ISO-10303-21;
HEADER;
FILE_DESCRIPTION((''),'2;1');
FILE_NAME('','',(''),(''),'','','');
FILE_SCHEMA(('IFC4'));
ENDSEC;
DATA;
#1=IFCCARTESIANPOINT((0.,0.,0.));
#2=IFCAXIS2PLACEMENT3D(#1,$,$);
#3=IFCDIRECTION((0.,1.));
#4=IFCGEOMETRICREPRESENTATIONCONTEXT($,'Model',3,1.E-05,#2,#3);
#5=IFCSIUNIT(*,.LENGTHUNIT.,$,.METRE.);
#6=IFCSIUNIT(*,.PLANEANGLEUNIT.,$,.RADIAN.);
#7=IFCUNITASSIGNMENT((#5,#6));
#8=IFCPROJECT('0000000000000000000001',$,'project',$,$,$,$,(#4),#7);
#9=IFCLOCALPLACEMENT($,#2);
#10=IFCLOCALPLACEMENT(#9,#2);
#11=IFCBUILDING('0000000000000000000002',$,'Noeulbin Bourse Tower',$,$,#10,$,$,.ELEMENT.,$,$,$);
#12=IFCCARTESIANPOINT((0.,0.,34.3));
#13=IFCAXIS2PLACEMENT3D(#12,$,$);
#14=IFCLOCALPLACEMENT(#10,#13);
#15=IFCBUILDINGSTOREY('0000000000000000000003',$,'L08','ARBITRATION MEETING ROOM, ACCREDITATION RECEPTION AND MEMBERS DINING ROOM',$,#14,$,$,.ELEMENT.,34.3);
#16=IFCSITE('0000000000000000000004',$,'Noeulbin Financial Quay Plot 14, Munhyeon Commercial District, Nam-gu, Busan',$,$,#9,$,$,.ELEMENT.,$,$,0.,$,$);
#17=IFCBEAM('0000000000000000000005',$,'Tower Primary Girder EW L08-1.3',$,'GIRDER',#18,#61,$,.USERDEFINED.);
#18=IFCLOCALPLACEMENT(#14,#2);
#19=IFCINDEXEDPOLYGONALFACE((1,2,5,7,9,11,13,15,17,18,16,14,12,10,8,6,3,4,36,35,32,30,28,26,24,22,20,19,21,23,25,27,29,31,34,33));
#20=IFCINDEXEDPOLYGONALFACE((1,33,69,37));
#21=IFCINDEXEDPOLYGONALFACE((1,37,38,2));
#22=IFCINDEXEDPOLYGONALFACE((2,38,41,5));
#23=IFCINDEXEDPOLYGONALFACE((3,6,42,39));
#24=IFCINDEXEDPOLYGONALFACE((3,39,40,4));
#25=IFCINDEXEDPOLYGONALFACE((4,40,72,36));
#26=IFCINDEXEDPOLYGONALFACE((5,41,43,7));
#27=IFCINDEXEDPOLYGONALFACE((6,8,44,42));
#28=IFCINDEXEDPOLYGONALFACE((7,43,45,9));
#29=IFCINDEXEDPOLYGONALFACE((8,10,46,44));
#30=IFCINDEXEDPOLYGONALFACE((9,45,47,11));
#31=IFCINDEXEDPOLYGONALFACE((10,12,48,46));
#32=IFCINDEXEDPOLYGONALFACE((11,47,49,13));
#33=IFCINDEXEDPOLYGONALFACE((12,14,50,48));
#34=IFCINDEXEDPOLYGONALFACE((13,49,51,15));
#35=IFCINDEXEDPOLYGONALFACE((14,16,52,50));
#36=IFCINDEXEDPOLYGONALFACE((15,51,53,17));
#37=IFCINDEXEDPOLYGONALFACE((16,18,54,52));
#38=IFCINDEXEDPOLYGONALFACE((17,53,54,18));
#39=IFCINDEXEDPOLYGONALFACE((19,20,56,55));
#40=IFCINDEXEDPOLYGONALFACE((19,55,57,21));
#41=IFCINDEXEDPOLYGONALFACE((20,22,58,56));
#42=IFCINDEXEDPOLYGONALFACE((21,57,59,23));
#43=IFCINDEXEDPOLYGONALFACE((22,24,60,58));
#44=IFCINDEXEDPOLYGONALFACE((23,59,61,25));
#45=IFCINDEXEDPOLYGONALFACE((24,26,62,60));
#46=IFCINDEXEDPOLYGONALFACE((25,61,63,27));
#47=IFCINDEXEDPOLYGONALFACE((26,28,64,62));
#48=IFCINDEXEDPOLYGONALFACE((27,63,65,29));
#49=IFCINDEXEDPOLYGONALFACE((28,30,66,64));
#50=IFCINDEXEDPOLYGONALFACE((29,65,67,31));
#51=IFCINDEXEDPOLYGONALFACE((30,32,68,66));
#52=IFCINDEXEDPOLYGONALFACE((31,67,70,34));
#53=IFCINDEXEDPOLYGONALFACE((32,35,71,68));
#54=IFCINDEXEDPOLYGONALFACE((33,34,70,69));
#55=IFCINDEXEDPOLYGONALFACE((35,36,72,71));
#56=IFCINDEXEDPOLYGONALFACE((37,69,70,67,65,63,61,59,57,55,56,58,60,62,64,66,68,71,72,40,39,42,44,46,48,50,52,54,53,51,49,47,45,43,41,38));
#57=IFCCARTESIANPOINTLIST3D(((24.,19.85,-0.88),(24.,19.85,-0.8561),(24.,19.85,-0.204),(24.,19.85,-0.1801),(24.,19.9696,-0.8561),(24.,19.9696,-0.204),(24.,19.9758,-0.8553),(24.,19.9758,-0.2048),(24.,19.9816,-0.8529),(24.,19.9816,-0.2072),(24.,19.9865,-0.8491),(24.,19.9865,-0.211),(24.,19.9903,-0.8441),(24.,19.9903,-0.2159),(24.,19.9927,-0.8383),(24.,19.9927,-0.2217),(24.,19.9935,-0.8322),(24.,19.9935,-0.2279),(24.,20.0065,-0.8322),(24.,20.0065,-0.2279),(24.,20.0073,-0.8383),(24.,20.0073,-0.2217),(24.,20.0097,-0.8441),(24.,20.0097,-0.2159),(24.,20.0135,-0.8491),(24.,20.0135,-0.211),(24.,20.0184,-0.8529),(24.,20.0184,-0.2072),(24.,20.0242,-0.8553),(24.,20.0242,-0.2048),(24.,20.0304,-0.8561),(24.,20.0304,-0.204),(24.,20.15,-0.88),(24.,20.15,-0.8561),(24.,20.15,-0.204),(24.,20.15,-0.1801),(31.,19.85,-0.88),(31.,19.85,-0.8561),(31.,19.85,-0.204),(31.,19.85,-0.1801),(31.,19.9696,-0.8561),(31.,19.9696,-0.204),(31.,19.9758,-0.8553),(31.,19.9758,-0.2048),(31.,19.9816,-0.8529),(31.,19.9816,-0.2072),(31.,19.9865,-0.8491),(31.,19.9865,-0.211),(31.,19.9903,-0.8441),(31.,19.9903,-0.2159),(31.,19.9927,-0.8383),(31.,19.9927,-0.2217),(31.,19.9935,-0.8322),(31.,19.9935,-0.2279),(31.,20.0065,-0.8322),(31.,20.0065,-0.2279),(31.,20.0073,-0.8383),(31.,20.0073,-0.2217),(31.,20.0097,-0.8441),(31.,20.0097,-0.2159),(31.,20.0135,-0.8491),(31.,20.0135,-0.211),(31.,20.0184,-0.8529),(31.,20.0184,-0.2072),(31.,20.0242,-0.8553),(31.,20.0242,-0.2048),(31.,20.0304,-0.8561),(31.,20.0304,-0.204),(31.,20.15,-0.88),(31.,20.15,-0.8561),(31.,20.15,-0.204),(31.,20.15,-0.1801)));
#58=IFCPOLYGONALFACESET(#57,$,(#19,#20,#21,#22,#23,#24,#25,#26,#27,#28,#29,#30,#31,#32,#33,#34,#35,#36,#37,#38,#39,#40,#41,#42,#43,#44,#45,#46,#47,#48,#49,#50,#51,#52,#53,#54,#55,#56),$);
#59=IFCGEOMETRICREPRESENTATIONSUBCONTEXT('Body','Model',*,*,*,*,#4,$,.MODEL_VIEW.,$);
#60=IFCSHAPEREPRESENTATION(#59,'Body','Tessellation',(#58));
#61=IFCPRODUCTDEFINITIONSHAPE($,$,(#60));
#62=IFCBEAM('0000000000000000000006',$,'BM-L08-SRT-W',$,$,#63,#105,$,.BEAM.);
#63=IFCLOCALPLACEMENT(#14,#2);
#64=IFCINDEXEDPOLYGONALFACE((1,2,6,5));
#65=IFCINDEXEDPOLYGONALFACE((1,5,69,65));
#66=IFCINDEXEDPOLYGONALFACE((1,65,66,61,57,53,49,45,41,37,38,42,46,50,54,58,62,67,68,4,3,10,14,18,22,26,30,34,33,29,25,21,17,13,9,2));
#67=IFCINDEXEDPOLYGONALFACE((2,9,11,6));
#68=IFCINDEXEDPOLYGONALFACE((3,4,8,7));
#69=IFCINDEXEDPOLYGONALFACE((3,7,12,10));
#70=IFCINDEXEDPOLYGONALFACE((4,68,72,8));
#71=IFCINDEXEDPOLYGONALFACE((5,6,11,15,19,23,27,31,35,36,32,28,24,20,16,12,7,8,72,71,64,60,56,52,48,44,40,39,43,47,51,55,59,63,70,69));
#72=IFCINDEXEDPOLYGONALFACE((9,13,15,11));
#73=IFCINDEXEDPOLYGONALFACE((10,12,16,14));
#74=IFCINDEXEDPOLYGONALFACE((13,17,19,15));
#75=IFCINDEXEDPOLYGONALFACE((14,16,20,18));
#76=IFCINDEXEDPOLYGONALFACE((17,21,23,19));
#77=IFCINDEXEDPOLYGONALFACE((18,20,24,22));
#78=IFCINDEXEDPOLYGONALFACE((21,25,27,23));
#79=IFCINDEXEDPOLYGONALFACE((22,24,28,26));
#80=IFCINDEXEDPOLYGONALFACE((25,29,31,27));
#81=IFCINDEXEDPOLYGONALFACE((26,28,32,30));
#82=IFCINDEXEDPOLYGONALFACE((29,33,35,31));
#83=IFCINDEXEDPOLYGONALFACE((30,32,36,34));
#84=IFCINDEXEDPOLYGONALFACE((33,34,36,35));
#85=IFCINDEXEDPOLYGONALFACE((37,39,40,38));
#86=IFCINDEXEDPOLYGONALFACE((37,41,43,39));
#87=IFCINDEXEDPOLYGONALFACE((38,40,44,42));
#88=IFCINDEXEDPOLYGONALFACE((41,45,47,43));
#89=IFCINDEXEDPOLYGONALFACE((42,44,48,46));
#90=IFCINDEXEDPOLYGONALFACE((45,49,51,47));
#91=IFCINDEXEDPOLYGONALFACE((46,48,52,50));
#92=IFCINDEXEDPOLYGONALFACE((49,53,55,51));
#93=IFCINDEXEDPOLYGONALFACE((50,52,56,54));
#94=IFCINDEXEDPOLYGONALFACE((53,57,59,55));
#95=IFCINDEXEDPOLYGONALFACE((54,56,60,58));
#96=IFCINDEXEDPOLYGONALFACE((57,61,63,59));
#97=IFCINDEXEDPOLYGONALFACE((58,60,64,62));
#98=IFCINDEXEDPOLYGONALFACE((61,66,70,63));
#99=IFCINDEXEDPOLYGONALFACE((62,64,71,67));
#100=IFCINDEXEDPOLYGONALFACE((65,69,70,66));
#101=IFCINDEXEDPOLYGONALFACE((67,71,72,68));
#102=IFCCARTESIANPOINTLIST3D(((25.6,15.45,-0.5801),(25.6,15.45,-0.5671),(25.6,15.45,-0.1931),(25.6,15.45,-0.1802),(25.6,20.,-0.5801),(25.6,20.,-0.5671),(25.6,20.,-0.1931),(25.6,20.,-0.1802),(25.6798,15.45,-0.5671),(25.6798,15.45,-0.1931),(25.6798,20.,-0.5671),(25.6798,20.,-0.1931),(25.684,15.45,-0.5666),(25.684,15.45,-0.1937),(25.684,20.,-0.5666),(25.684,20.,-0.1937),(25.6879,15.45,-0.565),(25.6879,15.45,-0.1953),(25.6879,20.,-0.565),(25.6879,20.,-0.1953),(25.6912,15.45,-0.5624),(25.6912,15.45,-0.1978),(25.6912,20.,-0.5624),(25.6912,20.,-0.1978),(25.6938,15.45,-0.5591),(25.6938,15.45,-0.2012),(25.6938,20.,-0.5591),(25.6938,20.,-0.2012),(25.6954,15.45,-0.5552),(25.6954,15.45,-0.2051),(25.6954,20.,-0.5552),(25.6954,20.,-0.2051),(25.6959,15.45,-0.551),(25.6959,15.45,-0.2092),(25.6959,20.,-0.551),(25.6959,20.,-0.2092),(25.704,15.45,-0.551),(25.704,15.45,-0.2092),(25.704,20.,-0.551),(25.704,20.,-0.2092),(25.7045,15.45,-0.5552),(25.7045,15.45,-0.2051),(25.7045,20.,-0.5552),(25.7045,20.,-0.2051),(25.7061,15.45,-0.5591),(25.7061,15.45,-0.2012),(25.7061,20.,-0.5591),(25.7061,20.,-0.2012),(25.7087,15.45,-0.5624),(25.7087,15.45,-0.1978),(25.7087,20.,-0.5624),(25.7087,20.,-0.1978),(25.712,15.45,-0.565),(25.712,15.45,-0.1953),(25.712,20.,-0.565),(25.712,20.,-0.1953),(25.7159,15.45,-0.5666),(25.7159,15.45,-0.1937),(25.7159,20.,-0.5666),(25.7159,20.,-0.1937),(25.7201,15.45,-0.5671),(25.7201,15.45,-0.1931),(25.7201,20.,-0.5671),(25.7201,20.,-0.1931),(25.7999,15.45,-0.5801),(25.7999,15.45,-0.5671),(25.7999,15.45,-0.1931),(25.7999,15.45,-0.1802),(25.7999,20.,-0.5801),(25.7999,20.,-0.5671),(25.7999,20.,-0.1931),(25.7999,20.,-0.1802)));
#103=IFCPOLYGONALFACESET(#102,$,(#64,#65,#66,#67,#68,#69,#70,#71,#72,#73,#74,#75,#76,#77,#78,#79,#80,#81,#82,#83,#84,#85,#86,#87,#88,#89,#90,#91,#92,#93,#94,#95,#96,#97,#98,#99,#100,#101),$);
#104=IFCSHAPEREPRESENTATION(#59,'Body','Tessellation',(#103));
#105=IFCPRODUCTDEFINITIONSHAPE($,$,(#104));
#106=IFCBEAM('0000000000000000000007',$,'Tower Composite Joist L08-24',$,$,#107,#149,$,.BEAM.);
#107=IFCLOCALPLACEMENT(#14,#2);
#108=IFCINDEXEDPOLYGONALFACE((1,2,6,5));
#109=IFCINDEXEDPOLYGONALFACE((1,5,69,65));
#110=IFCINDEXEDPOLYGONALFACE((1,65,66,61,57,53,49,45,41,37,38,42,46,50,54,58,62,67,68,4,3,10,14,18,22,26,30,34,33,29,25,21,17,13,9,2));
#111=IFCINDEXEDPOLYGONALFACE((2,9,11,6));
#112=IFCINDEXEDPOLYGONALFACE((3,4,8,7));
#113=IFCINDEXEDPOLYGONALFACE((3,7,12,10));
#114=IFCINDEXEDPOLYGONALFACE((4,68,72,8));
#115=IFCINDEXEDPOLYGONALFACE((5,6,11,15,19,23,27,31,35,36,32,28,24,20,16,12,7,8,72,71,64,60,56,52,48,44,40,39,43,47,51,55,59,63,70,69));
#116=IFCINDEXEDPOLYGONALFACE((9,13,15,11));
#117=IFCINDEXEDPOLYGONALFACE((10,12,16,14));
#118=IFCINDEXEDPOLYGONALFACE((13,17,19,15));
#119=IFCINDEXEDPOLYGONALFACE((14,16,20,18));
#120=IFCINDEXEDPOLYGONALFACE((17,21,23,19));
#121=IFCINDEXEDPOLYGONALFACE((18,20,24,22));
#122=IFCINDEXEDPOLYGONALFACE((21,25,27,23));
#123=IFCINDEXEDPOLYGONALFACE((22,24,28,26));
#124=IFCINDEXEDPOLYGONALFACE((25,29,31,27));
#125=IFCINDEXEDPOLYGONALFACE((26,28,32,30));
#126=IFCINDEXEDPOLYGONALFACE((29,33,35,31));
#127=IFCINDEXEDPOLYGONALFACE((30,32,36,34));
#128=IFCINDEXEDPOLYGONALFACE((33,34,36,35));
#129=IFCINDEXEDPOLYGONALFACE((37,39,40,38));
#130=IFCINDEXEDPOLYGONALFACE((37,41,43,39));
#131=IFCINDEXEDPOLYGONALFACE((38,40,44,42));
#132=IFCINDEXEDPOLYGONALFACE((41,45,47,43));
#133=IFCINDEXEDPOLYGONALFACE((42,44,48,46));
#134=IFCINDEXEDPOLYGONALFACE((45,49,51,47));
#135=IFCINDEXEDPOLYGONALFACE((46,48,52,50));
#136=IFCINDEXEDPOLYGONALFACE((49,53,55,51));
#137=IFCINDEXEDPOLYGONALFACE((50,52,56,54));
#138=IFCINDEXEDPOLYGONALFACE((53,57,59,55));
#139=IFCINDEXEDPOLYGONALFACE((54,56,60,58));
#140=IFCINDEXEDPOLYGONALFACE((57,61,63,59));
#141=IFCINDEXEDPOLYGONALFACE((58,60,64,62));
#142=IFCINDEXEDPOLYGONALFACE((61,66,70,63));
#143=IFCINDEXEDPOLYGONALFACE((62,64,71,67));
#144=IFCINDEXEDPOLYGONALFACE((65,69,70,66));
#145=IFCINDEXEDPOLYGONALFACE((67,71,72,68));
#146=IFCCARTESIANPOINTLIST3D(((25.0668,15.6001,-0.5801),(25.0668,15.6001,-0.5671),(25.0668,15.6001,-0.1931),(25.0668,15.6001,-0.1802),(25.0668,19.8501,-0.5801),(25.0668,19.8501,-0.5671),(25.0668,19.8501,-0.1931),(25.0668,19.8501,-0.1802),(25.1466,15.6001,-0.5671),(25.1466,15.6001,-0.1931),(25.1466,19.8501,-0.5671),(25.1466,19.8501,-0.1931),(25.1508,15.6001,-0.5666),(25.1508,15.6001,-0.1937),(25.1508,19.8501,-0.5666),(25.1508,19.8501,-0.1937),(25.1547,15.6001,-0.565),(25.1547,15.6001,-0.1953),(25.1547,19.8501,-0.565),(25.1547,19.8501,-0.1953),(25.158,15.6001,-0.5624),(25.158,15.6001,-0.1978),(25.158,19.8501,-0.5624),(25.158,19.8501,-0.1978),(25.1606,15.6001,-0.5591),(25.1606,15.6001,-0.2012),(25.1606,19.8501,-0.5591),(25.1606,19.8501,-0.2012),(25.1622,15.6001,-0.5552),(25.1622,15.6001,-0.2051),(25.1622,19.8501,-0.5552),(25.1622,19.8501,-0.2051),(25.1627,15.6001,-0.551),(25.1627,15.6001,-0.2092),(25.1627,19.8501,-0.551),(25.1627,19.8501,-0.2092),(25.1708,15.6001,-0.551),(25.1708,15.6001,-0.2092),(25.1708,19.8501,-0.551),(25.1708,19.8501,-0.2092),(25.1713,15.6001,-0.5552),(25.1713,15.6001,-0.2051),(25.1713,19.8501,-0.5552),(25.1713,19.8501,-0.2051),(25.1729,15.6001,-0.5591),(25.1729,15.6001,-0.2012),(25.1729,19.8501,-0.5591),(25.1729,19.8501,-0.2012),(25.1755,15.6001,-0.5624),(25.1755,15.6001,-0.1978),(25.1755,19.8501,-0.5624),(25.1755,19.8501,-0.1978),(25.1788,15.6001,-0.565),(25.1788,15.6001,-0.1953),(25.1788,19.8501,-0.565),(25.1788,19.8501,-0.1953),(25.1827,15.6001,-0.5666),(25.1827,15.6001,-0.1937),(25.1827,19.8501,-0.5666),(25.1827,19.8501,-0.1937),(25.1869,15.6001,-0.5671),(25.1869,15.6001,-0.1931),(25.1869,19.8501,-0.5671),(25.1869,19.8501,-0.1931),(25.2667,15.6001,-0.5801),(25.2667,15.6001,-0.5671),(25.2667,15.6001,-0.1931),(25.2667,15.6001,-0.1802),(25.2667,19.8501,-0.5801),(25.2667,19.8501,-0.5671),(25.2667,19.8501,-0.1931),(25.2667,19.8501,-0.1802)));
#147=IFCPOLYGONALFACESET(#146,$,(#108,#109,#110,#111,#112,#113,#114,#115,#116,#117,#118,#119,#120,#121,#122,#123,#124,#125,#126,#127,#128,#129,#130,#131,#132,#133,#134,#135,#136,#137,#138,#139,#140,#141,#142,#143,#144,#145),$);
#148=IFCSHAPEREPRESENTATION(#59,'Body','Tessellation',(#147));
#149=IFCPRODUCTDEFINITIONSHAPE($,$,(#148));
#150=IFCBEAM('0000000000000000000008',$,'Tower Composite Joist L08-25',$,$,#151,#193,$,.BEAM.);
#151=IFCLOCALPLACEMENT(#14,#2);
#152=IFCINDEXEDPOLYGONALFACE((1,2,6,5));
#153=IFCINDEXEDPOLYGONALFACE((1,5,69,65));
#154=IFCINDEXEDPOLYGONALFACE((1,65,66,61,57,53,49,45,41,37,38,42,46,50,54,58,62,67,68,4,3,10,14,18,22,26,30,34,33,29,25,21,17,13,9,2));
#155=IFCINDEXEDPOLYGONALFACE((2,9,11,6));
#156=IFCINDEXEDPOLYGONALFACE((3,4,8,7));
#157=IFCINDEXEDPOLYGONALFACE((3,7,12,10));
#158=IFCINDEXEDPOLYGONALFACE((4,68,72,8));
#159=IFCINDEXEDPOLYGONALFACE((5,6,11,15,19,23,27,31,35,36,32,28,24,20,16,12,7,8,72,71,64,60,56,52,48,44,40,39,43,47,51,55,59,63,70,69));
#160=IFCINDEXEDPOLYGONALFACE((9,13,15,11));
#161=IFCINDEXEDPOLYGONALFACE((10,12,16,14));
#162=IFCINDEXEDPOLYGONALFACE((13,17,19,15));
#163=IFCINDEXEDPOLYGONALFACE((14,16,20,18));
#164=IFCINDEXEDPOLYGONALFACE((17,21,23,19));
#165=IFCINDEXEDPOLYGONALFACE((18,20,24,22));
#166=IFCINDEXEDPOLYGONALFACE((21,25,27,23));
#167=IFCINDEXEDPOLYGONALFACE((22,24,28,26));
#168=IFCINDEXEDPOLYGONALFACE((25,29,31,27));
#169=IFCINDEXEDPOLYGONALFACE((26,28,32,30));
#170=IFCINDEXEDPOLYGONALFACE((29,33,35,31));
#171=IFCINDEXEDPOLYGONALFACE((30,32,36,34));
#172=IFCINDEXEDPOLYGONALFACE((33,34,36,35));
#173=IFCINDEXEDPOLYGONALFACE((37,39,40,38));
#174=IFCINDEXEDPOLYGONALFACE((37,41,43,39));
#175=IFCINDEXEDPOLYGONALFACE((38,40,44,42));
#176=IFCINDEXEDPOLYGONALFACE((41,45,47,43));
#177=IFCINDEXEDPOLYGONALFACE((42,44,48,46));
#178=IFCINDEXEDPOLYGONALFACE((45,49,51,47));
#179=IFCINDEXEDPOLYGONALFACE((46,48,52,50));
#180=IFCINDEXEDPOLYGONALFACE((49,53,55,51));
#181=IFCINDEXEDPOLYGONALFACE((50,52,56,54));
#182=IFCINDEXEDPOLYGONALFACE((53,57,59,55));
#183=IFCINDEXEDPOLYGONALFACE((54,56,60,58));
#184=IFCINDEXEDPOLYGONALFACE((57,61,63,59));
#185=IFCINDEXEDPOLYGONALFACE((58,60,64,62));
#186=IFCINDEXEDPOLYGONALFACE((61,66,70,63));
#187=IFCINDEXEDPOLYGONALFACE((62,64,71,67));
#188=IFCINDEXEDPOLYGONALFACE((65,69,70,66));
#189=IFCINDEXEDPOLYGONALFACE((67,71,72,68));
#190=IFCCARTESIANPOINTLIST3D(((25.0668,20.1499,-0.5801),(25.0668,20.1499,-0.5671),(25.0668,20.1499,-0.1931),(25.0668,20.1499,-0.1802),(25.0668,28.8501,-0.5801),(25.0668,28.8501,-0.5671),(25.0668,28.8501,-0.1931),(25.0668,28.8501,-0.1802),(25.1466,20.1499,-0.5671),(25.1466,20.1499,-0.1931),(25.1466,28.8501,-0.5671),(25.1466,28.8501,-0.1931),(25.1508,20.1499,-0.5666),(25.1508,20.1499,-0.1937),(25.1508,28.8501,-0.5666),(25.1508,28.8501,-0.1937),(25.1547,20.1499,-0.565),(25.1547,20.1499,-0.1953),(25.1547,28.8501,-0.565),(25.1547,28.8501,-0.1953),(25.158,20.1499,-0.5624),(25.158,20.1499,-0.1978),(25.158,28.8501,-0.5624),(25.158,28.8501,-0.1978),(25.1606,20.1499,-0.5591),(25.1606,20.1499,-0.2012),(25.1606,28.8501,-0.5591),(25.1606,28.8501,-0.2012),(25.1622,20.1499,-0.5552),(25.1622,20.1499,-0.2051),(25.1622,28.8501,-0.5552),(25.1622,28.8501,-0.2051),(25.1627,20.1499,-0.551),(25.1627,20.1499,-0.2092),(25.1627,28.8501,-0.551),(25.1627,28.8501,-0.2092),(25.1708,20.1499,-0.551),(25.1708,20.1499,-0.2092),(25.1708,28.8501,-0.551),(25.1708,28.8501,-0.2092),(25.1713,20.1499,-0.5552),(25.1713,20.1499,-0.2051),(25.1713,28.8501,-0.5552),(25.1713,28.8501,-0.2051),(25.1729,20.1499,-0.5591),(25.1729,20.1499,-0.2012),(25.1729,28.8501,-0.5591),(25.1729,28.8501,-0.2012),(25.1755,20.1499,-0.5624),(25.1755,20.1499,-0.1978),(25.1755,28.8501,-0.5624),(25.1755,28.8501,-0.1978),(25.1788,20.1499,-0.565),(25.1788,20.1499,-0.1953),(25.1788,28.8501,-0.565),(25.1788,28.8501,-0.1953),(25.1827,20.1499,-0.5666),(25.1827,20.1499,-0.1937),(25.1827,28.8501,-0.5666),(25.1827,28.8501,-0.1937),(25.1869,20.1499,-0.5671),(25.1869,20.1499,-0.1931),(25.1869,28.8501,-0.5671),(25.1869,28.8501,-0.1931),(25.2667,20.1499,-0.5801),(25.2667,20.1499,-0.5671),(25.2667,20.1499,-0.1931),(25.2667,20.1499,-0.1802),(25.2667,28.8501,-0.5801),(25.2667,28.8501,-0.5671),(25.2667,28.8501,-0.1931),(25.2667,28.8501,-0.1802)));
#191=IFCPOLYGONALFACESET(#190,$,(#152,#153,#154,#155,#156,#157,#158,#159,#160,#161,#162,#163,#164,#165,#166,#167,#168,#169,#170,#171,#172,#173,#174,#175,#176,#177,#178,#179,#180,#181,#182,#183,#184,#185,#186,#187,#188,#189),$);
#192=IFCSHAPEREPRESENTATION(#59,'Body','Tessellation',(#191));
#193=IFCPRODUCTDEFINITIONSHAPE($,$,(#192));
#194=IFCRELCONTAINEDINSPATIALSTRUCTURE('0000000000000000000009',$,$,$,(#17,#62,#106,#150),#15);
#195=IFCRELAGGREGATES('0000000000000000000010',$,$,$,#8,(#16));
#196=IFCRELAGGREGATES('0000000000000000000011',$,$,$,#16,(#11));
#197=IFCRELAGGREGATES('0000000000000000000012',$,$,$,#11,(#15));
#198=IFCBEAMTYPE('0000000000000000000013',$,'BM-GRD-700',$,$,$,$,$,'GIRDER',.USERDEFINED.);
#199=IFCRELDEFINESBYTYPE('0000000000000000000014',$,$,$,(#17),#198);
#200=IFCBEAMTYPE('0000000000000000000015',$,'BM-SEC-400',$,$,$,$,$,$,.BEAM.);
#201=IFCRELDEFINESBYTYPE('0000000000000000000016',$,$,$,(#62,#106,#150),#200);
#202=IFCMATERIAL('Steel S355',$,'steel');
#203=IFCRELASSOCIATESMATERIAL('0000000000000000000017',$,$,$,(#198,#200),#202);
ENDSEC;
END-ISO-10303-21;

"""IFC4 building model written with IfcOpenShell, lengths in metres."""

from ifc_helpers import new_model, si_unit, direction, frame, origin, origin_2d, place, context, subcontext, project, spatial, i_section, extrude, material, material_profile, profile_set, type_object, element, save


model = new_model("IFC4")

# Units and contexts
model_context = context("Model", 3, precision=1e-05, world=origin(), true_north=direction((0.0, 1.0)))
body_context = subcontext(model_context, "Body", "Model", "MODEL_VIEW")
ifc_project = project(units=[si_unit("LENGTHUNIT", "METRE"), si_unit("PLANEANGLEUNIT", "RADIAN")], contexts=[model_context])

# Site, building, storey
site_placement = place(None, origin())
site = spatial("IfcSite", under=ifc_project, at=site_placement, Name="Noeulbin Financial Quay Plot 14, Munhyeon Commercial District, Nam-gu, Busan", CompositionType="ELEMENT", RefElevation=0.0)
building_placement = place(site_placement, origin())
building = spatial("IfcBuilding", under=site, at=building_placement, Name="Noeulbin Bourse Tower", CompositionType="ELEMENT")
storey_placement = place(building_placement, frame((0.0, 0.0, 34.3)))
storey = spatial("IfcBuildingStorey", under=building, at=storey_placement, Name="L08", Description="ARBITRATION MEETING ROOM, ACCREDITATION RECEPTION AND MEMBERS DINING ROOM", CompositionType="ELEMENT", Elevation=34.3)

# Beams
ifc_material_1 = material(Name="Steel S355", Category="steel")
ifc_material_profile_1 = material_profile(ifc_material_1, i_section(OverallWidth=0.3, OverallDepth=0.7, WebThickness=0.0129, FlangeThickness=0.0239, FilletRadius=0.0239, at=origin_2d()), Name="H-700x300x13x24", Category="LoadBearing")
ifc_profile_set_1 = profile_set([ifc_material_profile_1], Name="Steel S355")
beam_type_1 = type_object("IfcBeamType", Name="BM-GRD-700", ElementType="GIRDER", PredefinedType="USERDEFINED", material=ifc_profile_set_1)
beam_1_placement = place(storey_placement, frame((24.0, 20.0, -0.53), z_axis=(1.0, 0.0, 0.0), x_axis=(0.0, 1.0, 0.0)))
element("IfcBeam", 1, at=beam_1_placement, inside=storey, type_object=beam_type_1, Name="Tower Primary Girder EW L08-1.3", ObjectType="GIRDER", PredefinedType="USERDEFINED", context=body_context, shape_type="SweptSolid", body=[
    extrude(i_section(OverallWidth=0.3, OverallDepth=0.7, WebThickness=0.0129, FlangeThickness=0.0239, FilletRadius=0.0239, at=origin_2d()), origin(), (0.0, 0.0, 1.0), 7.0),
])
ifc_material_profile_2 = material_profile(ifc_material_1, i_section(OverallWidth=0.2, OverallDepth=0.3999, WebThickness=0.0081, FlangeThickness=0.0129, FilletRadius=0.0161, at=origin_2d()), Name="H-400x200x8x13", Category="LoadBearing")
ifc_profile_set_2 = profile_set([ifc_material_profile_2], Name="Steel S355")
beam_type_2 = type_object("IfcBeamType", Name="BM-SEC-400", PredefinedType="BEAM", material=ifc_profile_set_2)
beam_2_placement = place(storey_placement, frame((25.7, 15.45, -0.3801), z_axis=(0.0, 1.0, 0.0), x_axis=(-1.0, 0.0, 0.0)))
element("IfcBeam", 2, at=beam_2_placement, inside=storey, type_object=beam_type_2, Name="BM-L08-SRT-W", PredefinedType="BEAM", context=body_context, shape_type="SweptSolid", body=[
    extrude(i_section(OverallWidth=0.2, OverallDepth=0.3999, WebThickness=0.0081, FlangeThickness=0.0129, FilletRadius=0.0161, at=origin_2d()), origin(), (0.0, 0.0, 1.0), 4.55),
])
beam_3_placement = place(storey_placement, frame((25.1667, 15.6001, -0.3801), z_axis=(0.0, 1.0, 0.0), x_axis=(-1.0, 0.0, 0.0)))
element("IfcBeam", 3, at=beam_3_placement, inside=storey, type_object=beam_type_2, Name="Tower Composite Joist L08-24", PredefinedType="BEAM", context=body_context, shape_type="SweptSolid", body=[
    extrude(i_section(OverallWidth=0.2, OverallDepth=0.3999, WebThickness=0.0081, FlangeThickness=0.0129, FilletRadius=0.0161, at=origin_2d()), origin(), (0.0, 0.0, 1.0), 4.25),
])
beam_4_placement = place(storey_placement, frame((25.1667, 20.1499, -0.3801), z_axis=(0.0, 1.0, 0.0), x_axis=(-1.0, 0.0, 0.0)))
element("IfcBeam", 4, at=beam_4_placement, inside=storey, type_object=beam_type_2, Name="Tower Composite Joist L08-25", PredefinedType="BEAM", context=body_context, shape_type="SweptSolid", body=[
    extrude(i_section(OverallWidth=0.2, OverallDepth=0.3999, WebThickness=0.0081, FlangeThickness=0.0129, FilletRadius=0.0161, at=origin_2d()), origin(), (0.0, 0.0, 1.0), 8.7002),
])

save(model, "model.ifc")
